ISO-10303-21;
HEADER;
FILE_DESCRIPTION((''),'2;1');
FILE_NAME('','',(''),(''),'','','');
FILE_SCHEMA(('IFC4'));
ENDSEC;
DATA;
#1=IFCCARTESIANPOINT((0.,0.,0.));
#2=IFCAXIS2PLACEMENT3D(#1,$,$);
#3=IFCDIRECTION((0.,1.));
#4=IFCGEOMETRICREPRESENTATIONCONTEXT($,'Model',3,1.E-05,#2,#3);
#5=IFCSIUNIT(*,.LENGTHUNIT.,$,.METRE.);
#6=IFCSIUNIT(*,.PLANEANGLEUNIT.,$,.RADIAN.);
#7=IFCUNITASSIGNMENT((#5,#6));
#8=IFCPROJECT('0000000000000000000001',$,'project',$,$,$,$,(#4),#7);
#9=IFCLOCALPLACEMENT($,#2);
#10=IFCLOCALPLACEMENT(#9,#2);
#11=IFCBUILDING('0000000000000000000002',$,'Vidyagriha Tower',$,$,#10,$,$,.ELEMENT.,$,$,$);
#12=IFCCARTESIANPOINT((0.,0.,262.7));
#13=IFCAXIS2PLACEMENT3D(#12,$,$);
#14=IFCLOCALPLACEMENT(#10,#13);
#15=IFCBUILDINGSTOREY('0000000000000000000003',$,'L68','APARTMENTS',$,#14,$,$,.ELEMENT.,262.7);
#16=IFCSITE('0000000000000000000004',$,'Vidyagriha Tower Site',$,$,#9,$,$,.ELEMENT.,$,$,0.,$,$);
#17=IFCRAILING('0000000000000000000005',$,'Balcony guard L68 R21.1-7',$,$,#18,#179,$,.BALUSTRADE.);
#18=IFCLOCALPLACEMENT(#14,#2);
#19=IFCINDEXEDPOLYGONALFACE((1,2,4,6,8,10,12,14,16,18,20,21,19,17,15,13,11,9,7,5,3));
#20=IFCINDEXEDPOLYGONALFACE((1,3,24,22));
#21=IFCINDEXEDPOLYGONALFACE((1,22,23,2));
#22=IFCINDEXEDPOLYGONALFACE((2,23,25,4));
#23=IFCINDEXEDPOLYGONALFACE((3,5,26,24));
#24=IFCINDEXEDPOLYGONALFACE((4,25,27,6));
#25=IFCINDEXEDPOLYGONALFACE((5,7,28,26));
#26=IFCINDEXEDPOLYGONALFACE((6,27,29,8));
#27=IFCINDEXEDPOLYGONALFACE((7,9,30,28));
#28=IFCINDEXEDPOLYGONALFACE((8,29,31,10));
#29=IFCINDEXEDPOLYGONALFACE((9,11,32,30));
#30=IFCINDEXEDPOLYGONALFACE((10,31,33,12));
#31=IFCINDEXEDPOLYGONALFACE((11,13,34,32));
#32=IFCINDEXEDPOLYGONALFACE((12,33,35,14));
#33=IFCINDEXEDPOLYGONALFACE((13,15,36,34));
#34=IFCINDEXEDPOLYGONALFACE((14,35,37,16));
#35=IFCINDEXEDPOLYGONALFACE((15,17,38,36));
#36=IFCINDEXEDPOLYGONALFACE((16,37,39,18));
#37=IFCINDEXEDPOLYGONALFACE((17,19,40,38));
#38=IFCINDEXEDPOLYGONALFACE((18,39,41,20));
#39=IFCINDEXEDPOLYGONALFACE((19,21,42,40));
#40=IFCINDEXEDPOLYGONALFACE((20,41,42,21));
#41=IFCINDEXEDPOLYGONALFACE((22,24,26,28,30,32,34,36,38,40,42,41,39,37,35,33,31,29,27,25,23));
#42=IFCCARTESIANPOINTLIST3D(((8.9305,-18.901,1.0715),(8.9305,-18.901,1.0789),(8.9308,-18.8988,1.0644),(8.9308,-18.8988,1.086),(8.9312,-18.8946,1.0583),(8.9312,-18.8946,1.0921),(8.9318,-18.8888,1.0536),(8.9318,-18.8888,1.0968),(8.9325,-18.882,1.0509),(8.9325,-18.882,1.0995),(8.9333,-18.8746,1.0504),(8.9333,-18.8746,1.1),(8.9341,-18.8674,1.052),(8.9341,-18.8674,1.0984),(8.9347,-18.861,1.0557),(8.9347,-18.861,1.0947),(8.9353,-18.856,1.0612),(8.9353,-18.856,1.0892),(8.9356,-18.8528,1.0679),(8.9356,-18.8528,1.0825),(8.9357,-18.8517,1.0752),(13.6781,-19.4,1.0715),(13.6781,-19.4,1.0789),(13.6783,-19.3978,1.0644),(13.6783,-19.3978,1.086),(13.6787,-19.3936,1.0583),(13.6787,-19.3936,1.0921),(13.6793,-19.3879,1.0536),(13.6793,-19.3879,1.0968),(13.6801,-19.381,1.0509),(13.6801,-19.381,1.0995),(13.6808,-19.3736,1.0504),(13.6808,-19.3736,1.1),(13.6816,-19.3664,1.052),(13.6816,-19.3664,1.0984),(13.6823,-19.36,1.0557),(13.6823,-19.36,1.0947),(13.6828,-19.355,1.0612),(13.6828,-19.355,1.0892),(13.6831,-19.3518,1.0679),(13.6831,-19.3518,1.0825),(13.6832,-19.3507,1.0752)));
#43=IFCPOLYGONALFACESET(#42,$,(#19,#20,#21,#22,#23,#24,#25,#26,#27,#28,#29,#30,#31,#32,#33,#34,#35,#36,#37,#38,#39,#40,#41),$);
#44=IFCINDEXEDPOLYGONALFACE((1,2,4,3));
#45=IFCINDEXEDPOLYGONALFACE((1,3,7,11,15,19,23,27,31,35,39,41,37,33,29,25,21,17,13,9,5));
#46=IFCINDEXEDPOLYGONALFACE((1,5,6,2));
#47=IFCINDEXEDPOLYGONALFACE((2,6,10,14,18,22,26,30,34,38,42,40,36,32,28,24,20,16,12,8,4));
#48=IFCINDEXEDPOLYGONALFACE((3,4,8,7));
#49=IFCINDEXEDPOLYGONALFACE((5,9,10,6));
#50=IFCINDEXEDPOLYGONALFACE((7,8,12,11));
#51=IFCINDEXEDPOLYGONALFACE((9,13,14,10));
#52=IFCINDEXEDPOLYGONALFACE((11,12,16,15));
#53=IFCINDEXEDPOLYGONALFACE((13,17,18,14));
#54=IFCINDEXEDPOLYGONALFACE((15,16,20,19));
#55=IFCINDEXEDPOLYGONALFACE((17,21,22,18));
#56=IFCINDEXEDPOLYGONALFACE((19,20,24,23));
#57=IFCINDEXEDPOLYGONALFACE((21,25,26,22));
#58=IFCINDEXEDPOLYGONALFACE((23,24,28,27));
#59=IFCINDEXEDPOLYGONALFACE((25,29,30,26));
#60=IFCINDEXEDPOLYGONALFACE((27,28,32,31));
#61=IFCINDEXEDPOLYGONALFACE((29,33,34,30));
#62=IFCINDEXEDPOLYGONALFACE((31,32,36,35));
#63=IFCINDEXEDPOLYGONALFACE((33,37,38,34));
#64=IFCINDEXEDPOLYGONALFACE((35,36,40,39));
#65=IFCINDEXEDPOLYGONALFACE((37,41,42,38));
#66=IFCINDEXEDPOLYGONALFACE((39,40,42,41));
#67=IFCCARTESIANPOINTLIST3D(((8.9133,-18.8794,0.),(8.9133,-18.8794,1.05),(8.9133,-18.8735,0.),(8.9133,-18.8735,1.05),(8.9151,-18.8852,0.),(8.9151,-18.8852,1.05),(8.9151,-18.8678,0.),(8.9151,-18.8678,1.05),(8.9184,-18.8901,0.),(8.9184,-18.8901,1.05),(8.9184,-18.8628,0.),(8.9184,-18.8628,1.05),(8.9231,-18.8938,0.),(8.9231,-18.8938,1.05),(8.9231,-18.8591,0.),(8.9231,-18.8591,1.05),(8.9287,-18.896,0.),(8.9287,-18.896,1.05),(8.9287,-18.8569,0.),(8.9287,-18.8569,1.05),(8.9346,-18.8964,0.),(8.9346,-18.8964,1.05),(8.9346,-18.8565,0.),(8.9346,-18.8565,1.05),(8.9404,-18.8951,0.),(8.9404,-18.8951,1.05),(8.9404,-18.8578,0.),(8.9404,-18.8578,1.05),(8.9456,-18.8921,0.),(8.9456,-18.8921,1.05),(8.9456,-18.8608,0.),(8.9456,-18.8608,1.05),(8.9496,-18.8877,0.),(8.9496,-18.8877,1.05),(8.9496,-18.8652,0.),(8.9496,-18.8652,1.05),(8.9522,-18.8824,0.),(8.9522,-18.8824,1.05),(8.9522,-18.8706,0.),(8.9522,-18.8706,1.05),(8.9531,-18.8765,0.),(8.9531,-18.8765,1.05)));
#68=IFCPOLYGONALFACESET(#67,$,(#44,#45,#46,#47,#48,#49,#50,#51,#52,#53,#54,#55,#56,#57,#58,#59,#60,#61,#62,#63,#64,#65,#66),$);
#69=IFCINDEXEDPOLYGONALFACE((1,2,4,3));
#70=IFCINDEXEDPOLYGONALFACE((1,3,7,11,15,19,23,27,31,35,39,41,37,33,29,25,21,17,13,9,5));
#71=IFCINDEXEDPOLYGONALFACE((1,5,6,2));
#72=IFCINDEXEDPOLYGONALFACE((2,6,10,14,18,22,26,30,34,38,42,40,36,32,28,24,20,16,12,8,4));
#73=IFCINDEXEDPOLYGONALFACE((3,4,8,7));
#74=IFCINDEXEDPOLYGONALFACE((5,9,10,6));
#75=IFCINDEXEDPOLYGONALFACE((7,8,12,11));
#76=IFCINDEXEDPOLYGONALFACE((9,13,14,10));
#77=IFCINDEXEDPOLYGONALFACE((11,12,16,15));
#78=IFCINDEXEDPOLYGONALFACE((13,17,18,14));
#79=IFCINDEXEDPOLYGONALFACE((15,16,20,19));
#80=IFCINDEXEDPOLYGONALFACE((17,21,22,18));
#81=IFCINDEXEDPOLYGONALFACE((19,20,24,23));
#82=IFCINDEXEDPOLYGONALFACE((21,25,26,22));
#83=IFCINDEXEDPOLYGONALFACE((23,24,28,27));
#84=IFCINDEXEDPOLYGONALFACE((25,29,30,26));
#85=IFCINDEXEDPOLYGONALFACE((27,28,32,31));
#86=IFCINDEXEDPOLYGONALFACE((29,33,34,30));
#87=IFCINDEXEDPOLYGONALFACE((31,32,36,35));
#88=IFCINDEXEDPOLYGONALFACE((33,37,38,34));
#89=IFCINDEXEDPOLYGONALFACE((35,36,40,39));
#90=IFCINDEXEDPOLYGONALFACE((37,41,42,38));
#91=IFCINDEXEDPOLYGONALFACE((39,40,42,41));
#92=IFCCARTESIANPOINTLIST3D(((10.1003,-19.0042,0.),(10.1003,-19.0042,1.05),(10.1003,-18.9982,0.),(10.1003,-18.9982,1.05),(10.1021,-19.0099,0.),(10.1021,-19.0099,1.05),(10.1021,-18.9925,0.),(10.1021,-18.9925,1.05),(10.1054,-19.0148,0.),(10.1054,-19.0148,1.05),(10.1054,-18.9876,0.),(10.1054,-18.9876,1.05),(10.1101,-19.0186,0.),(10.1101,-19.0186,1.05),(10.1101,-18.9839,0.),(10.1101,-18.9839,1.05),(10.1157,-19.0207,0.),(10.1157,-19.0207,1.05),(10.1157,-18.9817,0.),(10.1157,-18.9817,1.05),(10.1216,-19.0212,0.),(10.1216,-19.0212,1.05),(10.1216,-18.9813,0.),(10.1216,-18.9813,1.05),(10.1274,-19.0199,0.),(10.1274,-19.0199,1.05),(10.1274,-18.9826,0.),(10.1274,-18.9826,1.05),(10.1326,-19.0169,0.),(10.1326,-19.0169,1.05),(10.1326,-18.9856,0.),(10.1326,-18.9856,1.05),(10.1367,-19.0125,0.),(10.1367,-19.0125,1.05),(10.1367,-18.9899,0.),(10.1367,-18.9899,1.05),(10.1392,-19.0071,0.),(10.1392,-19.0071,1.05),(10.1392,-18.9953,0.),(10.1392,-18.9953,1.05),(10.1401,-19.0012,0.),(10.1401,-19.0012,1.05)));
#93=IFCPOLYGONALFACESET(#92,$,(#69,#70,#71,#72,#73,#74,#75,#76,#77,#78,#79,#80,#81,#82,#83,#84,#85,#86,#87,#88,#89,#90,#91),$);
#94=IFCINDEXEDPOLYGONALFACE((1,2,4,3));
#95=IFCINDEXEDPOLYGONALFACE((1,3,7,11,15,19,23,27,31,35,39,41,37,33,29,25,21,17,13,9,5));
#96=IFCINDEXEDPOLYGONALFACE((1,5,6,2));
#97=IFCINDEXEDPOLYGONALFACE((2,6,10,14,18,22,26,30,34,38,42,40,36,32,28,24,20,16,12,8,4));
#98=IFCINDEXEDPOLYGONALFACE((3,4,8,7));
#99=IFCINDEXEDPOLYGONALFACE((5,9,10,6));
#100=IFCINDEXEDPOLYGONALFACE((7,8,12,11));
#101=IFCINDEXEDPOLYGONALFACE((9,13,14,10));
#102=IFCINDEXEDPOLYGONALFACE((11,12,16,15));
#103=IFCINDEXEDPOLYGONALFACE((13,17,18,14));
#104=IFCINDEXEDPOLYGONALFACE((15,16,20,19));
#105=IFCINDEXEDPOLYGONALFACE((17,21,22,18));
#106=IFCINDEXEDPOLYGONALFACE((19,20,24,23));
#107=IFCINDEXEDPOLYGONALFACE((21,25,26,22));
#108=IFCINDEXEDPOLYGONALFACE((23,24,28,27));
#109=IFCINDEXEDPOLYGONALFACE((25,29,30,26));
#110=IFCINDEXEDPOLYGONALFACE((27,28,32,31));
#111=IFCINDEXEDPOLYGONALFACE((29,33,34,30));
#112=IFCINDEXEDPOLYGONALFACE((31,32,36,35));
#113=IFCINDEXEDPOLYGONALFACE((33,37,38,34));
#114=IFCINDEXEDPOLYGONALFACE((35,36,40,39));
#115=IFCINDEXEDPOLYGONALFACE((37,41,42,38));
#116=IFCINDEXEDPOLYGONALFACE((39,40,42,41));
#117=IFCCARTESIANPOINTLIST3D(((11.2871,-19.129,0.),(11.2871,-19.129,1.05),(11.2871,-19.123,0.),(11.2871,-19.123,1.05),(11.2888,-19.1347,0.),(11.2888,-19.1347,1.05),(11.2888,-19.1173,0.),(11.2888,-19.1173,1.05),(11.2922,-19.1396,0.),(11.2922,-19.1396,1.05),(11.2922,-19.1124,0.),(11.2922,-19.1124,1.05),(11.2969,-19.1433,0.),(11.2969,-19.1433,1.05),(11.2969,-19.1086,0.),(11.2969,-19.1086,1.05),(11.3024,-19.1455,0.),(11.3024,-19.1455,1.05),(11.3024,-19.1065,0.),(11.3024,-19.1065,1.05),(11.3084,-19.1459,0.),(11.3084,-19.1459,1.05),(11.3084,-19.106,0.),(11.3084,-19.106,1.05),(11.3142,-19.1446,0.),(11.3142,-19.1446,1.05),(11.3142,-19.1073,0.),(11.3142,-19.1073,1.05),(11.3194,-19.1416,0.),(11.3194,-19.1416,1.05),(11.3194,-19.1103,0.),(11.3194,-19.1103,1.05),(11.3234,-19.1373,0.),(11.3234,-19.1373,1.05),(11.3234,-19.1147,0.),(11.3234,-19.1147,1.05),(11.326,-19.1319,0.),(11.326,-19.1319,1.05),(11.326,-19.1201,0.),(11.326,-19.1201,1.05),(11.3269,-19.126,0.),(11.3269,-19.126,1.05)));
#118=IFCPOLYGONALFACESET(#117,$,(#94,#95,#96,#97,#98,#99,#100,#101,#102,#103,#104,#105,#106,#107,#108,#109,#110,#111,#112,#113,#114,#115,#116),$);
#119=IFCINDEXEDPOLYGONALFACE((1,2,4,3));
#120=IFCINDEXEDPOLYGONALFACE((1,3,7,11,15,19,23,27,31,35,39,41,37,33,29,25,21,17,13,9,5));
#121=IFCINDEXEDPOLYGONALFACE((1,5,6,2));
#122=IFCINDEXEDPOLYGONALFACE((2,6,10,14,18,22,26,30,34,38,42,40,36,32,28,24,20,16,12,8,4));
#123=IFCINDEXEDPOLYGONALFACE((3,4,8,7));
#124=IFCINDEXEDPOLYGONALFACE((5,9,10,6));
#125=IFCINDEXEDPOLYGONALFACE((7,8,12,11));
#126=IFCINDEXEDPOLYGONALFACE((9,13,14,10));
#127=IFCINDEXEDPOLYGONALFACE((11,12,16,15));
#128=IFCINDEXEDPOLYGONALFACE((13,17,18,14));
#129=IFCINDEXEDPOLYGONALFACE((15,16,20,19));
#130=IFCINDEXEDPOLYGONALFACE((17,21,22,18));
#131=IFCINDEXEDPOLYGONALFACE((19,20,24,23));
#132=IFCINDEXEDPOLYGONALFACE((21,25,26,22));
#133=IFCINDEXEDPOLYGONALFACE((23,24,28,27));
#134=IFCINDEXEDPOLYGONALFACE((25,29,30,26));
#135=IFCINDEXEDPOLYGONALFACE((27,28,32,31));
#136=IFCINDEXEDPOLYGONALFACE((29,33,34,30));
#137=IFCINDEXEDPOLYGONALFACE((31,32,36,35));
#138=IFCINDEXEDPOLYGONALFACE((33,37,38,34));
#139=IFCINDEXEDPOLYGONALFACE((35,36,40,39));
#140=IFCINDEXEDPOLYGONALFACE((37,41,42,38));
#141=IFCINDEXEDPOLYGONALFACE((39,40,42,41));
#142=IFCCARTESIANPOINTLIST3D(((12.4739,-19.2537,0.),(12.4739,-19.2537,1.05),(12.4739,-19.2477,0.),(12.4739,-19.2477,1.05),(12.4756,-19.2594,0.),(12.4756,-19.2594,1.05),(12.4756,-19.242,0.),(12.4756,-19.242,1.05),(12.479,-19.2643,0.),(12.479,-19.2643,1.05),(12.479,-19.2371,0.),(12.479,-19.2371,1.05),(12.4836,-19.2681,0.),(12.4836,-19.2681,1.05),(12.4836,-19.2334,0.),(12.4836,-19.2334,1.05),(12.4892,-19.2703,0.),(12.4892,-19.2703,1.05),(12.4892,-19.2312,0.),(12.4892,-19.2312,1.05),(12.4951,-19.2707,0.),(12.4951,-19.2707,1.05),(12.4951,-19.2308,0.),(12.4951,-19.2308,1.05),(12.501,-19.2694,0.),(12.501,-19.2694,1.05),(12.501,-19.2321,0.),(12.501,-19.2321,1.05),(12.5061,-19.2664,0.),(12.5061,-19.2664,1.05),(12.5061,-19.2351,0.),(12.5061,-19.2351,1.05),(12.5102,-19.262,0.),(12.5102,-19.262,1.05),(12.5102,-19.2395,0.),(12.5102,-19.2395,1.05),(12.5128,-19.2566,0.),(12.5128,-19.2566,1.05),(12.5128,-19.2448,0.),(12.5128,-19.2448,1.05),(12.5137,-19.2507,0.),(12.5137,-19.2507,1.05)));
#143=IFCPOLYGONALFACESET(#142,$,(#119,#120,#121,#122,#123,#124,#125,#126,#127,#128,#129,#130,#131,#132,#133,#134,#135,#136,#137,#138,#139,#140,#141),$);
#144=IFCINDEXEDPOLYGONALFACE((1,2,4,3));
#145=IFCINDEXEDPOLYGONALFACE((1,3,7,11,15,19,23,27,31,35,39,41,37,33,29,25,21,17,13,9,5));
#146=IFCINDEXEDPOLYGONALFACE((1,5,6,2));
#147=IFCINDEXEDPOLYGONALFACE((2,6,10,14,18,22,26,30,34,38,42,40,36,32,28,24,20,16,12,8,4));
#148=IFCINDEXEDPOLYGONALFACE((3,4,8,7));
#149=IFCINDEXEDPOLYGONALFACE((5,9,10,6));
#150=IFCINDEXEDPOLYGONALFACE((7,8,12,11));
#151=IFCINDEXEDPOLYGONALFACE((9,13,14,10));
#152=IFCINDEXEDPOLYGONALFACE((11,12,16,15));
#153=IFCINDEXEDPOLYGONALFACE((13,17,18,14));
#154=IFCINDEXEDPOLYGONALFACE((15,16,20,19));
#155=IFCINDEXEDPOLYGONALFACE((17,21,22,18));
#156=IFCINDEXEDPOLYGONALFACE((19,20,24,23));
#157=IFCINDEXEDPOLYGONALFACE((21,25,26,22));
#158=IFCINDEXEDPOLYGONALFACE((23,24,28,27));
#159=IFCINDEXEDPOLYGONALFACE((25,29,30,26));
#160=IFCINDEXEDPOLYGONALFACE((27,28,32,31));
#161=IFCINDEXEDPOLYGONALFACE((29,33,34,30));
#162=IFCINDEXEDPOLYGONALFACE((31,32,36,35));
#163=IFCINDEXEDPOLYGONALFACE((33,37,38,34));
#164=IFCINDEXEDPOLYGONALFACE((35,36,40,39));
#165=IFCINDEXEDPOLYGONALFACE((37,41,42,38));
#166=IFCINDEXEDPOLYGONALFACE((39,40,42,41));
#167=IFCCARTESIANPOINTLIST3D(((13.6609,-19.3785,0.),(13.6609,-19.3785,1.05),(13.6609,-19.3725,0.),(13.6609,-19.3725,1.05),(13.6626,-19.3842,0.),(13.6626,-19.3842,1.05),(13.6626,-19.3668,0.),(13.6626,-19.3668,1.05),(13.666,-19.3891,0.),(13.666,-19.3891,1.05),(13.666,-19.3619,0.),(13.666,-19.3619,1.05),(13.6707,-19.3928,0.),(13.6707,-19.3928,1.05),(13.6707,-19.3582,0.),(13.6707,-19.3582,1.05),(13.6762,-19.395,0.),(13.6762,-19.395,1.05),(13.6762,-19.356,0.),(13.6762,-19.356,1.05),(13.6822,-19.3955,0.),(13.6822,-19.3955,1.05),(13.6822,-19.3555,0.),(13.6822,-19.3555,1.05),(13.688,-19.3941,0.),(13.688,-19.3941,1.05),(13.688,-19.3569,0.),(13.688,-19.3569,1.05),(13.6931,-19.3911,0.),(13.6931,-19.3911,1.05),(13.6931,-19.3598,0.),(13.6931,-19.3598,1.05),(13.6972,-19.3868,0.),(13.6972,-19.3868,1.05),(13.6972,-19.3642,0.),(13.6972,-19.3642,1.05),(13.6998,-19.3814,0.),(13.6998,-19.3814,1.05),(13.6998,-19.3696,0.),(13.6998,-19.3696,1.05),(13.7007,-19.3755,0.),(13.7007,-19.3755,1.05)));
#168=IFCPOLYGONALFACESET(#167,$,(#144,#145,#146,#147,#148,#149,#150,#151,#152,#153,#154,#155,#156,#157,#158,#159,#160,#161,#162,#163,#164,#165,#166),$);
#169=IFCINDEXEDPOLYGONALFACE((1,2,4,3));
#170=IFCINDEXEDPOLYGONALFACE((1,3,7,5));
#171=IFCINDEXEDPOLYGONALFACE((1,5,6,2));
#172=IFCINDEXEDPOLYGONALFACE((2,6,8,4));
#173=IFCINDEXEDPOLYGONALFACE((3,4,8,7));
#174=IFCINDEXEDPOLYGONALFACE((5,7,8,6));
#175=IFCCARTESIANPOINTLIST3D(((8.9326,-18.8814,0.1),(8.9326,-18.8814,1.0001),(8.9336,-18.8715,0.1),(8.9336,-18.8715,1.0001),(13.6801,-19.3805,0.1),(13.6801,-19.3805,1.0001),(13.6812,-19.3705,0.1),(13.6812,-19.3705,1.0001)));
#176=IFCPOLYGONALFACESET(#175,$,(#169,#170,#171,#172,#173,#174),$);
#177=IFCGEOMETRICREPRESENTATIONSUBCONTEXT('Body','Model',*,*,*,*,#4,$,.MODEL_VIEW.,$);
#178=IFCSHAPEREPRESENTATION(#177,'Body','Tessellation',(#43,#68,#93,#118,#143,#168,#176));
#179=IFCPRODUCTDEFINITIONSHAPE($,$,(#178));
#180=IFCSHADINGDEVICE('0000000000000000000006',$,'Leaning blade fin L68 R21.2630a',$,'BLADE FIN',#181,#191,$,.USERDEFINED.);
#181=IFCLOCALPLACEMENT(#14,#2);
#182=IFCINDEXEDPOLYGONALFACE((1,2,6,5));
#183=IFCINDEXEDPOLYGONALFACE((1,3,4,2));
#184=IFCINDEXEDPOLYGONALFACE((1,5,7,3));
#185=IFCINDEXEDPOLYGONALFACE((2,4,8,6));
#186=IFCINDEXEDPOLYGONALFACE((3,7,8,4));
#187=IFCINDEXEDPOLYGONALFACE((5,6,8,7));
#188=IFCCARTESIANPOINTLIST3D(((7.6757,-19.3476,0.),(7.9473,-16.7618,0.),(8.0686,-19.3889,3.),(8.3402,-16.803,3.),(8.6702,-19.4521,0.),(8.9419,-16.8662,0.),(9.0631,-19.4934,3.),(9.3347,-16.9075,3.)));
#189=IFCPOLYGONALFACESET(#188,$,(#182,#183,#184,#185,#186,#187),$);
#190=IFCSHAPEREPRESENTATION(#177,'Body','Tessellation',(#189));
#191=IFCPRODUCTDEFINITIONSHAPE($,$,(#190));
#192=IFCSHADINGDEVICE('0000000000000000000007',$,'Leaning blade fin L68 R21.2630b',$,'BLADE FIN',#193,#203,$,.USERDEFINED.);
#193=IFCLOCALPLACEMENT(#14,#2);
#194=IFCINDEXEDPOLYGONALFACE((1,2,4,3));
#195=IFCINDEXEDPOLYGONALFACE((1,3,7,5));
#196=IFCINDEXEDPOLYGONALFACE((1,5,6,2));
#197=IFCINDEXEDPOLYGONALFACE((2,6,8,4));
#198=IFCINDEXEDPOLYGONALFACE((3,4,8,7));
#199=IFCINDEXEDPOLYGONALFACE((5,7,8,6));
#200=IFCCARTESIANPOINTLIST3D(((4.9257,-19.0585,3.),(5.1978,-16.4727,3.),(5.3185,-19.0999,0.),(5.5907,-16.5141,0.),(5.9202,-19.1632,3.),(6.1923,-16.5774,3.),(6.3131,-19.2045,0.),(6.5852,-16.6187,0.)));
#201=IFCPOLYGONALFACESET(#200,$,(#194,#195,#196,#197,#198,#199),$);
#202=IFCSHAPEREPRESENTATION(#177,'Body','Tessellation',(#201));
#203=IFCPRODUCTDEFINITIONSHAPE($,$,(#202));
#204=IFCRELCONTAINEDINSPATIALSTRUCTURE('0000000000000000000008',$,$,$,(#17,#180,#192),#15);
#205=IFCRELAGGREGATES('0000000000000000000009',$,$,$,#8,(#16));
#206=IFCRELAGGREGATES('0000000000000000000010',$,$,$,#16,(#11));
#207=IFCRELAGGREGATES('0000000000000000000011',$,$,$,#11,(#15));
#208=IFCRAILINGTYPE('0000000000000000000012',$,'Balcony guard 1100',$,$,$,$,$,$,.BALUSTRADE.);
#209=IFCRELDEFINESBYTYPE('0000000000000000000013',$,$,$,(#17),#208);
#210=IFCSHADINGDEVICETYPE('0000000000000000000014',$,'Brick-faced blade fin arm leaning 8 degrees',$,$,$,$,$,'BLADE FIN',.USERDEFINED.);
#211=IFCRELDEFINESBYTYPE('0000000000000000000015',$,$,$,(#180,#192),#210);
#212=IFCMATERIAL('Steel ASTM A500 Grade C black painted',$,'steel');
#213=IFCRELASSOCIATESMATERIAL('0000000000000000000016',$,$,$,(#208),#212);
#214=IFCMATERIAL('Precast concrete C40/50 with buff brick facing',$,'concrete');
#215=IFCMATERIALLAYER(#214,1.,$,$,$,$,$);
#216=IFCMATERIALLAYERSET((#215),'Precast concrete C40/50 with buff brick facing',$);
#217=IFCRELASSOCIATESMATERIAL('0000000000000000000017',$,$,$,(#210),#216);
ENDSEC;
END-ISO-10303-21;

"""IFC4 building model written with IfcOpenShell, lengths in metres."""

from ifc_helpers import new_model, si_unit, direction, frame, origin, origin_2d, place, context, subcontext, project, spatial, polyline, rectangle, circle, outline, extrude, material, layer, layer_set, type_object, element, save


model = new_model("IFC4")

# Units and contexts
model_context = context("Model", 3, precision=1e-05, world=origin(), true_north=direction((0.0, 1.0)))
body_context = subcontext(model_context, "Body", "Model", "MODEL_VIEW")
ifc_project = project(units=[si_unit("LENGTHUNIT", "METRE"), si_unit("PLANEANGLEUNIT", "RADIAN")], contexts=[model_context])

# Site, building, storey
site_placement = place(None, origin())
site = spatial("IfcSite", under=ifc_project, at=site_placement, Name="Vidyagriha Tower Site", CompositionType="ELEMENT", RefElevation=0.0)
building_placement = place(site_placement, origin())
building = spatial("IfcBuilding", under=site, at=building_placement, Name="Vidyagriha Tower", CompositionType="ELEMENT")
storey_placement = place(building_placement, frame((0.0, 0.0, 262.7)))
storey = spatial("IfcBuildingStorey", under=building, at=storey_placement, Name="L68", Description="APARTMENTS", CompositionType="ELEMENT", Elevation=262.7)

# Railing
ifc_material_1 = material(Name="Steel ASTM A500 Grade C black painted", Category="steel")
railing_type = type_object("IfcRailingType", Name="Balcony guard 1100", PredefinedType="BALUSTRADE", material=ifc_material_1)
railing_1_placement = place(storey_placement, frame((8.9331, -18.8765, 0.0)))
element("IfcRailing", 1, at=railing_1_placement, inside=storey, type_object=railing_type, Name="Balcony guard L68 R21.1-7", PredefinedType="BALUSTRADE", context=body_context, shape_type="SweptSolid", body=[
    extrude(circle(Radius=0.0249, at=origin_2d()), frame((0.0, 0.0, 1.0752), z_axis=(0.994521, -0.104536, 0.0), x_axis=(0.104536, 0.994521, 0.0)), (0.0, 0.0, 1.0), 4.7737),
    extrude(circle(Radius=0.02, at=origin_2d()), origin(), (0.0, 0.0, 1.0), 1.05),
    extrude(circle(Radius=0.02, at=origin_2d()), frame((1.187, -0.1248, 0.0)), (0.0, 0.0, 1.0), 1.05),
    extrude(circle(Radius=0.02, at=origin_2d()), frame((2.3738, -0.2495, 0.0)), (0.0, 0.0, 1.0), 1.05),
    extrude(circle(Radius=0.02, at=origin_2d()), frame((3.5605, -0.3743, 0.0)), (0.0, 0.0, 1.0), 1.05),
    extrude(circle(Radius=0.02, at=origin_2d()), frame((4.7476, -0.499, 0.0)), (0.0, 0.0, 1.0), 1.05),
    extrude(rectangle(XDim=0.01, YDim=0.9001, at=origin_2d()), frame((0.0, 0.0, 0.55), z_axis=(0.994521, -0.104536, 0.0), x_axis=(0.104536, 0.994521, 0.0)), (0.0, 0.0, 1.0), 4.7737),
])

# Shading devices
ifc_material_2 = material(Name="Precast concrete C40/50 with buff brick facing", Category="concrete")
ifc_layer_1 = layer(ifc_material_2, 1.0)
ifc_layer_set_1 = layer_set([ifc_layer_1], Name="Precast concrete C40/50 with buff brick facing")
shading_device_type = type_object("IfcShadingDeviceType", Name="Brick-faced blade fin arm leaning 8 degrees", ElementType="BLADE FIN", PredefinedType="USERDEFINED", material=ifc_layer_set_1)
shading_device_1_placement = place(storey_placement, frame((7.8115, -18.0547, 0.0), z_axis=(0.0, 0.0, 1.0), x_axis=(0.994527, -0.104475, 0.0)))
element("IfcShadingDevice", 2, at=shading_device_1_placement, inside=storey, type_object=shading_device_type, Name="Leaning blade fin L68 R21.2630a", ObjectType="BLADE FIN", PredefinedType="USERDEFINED", context=body_context, shape_type="SweptSolid", body=[
    extrude(outline(polyline([(0.0, 0.0), (1.0, 0.0), (1.395, 3.0), (0.395, 3.0), (0.0, 0.0)])), frame((0.0, 1.3, 0.0), z_axis=(0.0, -1.0, 0.0), x_axis=(1.0, 0.0, 0.0)), (0.0, 0.0, 1.0), 2.6001),
])
shading_device_2_placement = place(storey_placement, frame((5.0618, -17.7656, 0.0), z_axis=(0.0, 0.0, 1.0), x_axis=(0.994507, -0.104667, 0.0)))
element("IfcShadingDevice", 3, at=shading_device_2_placement, inside=storey, type_object=shading_device_type, Name="Leaning blade fin L68 R21.2630b", ObjectType="BLADE FIN", PredefinedType="USERDEFINED", context=body_context, shape_type="SweptSolid", body=[
    extrude(outline(polyline([(0.395, 0.0), (1.395, 0.0), (1.0, 3.0), (0.0, 3.0), (0.395, 0.0)])), frame((0.0, 1.3, 0.0), z_axis=(0.0, -1.0, 0.0), x_axis=(1.0, 0.0, 0.0)), (0.0, 0.0, 1.0), 2.6001),
])

save(model, "model.ifc")
